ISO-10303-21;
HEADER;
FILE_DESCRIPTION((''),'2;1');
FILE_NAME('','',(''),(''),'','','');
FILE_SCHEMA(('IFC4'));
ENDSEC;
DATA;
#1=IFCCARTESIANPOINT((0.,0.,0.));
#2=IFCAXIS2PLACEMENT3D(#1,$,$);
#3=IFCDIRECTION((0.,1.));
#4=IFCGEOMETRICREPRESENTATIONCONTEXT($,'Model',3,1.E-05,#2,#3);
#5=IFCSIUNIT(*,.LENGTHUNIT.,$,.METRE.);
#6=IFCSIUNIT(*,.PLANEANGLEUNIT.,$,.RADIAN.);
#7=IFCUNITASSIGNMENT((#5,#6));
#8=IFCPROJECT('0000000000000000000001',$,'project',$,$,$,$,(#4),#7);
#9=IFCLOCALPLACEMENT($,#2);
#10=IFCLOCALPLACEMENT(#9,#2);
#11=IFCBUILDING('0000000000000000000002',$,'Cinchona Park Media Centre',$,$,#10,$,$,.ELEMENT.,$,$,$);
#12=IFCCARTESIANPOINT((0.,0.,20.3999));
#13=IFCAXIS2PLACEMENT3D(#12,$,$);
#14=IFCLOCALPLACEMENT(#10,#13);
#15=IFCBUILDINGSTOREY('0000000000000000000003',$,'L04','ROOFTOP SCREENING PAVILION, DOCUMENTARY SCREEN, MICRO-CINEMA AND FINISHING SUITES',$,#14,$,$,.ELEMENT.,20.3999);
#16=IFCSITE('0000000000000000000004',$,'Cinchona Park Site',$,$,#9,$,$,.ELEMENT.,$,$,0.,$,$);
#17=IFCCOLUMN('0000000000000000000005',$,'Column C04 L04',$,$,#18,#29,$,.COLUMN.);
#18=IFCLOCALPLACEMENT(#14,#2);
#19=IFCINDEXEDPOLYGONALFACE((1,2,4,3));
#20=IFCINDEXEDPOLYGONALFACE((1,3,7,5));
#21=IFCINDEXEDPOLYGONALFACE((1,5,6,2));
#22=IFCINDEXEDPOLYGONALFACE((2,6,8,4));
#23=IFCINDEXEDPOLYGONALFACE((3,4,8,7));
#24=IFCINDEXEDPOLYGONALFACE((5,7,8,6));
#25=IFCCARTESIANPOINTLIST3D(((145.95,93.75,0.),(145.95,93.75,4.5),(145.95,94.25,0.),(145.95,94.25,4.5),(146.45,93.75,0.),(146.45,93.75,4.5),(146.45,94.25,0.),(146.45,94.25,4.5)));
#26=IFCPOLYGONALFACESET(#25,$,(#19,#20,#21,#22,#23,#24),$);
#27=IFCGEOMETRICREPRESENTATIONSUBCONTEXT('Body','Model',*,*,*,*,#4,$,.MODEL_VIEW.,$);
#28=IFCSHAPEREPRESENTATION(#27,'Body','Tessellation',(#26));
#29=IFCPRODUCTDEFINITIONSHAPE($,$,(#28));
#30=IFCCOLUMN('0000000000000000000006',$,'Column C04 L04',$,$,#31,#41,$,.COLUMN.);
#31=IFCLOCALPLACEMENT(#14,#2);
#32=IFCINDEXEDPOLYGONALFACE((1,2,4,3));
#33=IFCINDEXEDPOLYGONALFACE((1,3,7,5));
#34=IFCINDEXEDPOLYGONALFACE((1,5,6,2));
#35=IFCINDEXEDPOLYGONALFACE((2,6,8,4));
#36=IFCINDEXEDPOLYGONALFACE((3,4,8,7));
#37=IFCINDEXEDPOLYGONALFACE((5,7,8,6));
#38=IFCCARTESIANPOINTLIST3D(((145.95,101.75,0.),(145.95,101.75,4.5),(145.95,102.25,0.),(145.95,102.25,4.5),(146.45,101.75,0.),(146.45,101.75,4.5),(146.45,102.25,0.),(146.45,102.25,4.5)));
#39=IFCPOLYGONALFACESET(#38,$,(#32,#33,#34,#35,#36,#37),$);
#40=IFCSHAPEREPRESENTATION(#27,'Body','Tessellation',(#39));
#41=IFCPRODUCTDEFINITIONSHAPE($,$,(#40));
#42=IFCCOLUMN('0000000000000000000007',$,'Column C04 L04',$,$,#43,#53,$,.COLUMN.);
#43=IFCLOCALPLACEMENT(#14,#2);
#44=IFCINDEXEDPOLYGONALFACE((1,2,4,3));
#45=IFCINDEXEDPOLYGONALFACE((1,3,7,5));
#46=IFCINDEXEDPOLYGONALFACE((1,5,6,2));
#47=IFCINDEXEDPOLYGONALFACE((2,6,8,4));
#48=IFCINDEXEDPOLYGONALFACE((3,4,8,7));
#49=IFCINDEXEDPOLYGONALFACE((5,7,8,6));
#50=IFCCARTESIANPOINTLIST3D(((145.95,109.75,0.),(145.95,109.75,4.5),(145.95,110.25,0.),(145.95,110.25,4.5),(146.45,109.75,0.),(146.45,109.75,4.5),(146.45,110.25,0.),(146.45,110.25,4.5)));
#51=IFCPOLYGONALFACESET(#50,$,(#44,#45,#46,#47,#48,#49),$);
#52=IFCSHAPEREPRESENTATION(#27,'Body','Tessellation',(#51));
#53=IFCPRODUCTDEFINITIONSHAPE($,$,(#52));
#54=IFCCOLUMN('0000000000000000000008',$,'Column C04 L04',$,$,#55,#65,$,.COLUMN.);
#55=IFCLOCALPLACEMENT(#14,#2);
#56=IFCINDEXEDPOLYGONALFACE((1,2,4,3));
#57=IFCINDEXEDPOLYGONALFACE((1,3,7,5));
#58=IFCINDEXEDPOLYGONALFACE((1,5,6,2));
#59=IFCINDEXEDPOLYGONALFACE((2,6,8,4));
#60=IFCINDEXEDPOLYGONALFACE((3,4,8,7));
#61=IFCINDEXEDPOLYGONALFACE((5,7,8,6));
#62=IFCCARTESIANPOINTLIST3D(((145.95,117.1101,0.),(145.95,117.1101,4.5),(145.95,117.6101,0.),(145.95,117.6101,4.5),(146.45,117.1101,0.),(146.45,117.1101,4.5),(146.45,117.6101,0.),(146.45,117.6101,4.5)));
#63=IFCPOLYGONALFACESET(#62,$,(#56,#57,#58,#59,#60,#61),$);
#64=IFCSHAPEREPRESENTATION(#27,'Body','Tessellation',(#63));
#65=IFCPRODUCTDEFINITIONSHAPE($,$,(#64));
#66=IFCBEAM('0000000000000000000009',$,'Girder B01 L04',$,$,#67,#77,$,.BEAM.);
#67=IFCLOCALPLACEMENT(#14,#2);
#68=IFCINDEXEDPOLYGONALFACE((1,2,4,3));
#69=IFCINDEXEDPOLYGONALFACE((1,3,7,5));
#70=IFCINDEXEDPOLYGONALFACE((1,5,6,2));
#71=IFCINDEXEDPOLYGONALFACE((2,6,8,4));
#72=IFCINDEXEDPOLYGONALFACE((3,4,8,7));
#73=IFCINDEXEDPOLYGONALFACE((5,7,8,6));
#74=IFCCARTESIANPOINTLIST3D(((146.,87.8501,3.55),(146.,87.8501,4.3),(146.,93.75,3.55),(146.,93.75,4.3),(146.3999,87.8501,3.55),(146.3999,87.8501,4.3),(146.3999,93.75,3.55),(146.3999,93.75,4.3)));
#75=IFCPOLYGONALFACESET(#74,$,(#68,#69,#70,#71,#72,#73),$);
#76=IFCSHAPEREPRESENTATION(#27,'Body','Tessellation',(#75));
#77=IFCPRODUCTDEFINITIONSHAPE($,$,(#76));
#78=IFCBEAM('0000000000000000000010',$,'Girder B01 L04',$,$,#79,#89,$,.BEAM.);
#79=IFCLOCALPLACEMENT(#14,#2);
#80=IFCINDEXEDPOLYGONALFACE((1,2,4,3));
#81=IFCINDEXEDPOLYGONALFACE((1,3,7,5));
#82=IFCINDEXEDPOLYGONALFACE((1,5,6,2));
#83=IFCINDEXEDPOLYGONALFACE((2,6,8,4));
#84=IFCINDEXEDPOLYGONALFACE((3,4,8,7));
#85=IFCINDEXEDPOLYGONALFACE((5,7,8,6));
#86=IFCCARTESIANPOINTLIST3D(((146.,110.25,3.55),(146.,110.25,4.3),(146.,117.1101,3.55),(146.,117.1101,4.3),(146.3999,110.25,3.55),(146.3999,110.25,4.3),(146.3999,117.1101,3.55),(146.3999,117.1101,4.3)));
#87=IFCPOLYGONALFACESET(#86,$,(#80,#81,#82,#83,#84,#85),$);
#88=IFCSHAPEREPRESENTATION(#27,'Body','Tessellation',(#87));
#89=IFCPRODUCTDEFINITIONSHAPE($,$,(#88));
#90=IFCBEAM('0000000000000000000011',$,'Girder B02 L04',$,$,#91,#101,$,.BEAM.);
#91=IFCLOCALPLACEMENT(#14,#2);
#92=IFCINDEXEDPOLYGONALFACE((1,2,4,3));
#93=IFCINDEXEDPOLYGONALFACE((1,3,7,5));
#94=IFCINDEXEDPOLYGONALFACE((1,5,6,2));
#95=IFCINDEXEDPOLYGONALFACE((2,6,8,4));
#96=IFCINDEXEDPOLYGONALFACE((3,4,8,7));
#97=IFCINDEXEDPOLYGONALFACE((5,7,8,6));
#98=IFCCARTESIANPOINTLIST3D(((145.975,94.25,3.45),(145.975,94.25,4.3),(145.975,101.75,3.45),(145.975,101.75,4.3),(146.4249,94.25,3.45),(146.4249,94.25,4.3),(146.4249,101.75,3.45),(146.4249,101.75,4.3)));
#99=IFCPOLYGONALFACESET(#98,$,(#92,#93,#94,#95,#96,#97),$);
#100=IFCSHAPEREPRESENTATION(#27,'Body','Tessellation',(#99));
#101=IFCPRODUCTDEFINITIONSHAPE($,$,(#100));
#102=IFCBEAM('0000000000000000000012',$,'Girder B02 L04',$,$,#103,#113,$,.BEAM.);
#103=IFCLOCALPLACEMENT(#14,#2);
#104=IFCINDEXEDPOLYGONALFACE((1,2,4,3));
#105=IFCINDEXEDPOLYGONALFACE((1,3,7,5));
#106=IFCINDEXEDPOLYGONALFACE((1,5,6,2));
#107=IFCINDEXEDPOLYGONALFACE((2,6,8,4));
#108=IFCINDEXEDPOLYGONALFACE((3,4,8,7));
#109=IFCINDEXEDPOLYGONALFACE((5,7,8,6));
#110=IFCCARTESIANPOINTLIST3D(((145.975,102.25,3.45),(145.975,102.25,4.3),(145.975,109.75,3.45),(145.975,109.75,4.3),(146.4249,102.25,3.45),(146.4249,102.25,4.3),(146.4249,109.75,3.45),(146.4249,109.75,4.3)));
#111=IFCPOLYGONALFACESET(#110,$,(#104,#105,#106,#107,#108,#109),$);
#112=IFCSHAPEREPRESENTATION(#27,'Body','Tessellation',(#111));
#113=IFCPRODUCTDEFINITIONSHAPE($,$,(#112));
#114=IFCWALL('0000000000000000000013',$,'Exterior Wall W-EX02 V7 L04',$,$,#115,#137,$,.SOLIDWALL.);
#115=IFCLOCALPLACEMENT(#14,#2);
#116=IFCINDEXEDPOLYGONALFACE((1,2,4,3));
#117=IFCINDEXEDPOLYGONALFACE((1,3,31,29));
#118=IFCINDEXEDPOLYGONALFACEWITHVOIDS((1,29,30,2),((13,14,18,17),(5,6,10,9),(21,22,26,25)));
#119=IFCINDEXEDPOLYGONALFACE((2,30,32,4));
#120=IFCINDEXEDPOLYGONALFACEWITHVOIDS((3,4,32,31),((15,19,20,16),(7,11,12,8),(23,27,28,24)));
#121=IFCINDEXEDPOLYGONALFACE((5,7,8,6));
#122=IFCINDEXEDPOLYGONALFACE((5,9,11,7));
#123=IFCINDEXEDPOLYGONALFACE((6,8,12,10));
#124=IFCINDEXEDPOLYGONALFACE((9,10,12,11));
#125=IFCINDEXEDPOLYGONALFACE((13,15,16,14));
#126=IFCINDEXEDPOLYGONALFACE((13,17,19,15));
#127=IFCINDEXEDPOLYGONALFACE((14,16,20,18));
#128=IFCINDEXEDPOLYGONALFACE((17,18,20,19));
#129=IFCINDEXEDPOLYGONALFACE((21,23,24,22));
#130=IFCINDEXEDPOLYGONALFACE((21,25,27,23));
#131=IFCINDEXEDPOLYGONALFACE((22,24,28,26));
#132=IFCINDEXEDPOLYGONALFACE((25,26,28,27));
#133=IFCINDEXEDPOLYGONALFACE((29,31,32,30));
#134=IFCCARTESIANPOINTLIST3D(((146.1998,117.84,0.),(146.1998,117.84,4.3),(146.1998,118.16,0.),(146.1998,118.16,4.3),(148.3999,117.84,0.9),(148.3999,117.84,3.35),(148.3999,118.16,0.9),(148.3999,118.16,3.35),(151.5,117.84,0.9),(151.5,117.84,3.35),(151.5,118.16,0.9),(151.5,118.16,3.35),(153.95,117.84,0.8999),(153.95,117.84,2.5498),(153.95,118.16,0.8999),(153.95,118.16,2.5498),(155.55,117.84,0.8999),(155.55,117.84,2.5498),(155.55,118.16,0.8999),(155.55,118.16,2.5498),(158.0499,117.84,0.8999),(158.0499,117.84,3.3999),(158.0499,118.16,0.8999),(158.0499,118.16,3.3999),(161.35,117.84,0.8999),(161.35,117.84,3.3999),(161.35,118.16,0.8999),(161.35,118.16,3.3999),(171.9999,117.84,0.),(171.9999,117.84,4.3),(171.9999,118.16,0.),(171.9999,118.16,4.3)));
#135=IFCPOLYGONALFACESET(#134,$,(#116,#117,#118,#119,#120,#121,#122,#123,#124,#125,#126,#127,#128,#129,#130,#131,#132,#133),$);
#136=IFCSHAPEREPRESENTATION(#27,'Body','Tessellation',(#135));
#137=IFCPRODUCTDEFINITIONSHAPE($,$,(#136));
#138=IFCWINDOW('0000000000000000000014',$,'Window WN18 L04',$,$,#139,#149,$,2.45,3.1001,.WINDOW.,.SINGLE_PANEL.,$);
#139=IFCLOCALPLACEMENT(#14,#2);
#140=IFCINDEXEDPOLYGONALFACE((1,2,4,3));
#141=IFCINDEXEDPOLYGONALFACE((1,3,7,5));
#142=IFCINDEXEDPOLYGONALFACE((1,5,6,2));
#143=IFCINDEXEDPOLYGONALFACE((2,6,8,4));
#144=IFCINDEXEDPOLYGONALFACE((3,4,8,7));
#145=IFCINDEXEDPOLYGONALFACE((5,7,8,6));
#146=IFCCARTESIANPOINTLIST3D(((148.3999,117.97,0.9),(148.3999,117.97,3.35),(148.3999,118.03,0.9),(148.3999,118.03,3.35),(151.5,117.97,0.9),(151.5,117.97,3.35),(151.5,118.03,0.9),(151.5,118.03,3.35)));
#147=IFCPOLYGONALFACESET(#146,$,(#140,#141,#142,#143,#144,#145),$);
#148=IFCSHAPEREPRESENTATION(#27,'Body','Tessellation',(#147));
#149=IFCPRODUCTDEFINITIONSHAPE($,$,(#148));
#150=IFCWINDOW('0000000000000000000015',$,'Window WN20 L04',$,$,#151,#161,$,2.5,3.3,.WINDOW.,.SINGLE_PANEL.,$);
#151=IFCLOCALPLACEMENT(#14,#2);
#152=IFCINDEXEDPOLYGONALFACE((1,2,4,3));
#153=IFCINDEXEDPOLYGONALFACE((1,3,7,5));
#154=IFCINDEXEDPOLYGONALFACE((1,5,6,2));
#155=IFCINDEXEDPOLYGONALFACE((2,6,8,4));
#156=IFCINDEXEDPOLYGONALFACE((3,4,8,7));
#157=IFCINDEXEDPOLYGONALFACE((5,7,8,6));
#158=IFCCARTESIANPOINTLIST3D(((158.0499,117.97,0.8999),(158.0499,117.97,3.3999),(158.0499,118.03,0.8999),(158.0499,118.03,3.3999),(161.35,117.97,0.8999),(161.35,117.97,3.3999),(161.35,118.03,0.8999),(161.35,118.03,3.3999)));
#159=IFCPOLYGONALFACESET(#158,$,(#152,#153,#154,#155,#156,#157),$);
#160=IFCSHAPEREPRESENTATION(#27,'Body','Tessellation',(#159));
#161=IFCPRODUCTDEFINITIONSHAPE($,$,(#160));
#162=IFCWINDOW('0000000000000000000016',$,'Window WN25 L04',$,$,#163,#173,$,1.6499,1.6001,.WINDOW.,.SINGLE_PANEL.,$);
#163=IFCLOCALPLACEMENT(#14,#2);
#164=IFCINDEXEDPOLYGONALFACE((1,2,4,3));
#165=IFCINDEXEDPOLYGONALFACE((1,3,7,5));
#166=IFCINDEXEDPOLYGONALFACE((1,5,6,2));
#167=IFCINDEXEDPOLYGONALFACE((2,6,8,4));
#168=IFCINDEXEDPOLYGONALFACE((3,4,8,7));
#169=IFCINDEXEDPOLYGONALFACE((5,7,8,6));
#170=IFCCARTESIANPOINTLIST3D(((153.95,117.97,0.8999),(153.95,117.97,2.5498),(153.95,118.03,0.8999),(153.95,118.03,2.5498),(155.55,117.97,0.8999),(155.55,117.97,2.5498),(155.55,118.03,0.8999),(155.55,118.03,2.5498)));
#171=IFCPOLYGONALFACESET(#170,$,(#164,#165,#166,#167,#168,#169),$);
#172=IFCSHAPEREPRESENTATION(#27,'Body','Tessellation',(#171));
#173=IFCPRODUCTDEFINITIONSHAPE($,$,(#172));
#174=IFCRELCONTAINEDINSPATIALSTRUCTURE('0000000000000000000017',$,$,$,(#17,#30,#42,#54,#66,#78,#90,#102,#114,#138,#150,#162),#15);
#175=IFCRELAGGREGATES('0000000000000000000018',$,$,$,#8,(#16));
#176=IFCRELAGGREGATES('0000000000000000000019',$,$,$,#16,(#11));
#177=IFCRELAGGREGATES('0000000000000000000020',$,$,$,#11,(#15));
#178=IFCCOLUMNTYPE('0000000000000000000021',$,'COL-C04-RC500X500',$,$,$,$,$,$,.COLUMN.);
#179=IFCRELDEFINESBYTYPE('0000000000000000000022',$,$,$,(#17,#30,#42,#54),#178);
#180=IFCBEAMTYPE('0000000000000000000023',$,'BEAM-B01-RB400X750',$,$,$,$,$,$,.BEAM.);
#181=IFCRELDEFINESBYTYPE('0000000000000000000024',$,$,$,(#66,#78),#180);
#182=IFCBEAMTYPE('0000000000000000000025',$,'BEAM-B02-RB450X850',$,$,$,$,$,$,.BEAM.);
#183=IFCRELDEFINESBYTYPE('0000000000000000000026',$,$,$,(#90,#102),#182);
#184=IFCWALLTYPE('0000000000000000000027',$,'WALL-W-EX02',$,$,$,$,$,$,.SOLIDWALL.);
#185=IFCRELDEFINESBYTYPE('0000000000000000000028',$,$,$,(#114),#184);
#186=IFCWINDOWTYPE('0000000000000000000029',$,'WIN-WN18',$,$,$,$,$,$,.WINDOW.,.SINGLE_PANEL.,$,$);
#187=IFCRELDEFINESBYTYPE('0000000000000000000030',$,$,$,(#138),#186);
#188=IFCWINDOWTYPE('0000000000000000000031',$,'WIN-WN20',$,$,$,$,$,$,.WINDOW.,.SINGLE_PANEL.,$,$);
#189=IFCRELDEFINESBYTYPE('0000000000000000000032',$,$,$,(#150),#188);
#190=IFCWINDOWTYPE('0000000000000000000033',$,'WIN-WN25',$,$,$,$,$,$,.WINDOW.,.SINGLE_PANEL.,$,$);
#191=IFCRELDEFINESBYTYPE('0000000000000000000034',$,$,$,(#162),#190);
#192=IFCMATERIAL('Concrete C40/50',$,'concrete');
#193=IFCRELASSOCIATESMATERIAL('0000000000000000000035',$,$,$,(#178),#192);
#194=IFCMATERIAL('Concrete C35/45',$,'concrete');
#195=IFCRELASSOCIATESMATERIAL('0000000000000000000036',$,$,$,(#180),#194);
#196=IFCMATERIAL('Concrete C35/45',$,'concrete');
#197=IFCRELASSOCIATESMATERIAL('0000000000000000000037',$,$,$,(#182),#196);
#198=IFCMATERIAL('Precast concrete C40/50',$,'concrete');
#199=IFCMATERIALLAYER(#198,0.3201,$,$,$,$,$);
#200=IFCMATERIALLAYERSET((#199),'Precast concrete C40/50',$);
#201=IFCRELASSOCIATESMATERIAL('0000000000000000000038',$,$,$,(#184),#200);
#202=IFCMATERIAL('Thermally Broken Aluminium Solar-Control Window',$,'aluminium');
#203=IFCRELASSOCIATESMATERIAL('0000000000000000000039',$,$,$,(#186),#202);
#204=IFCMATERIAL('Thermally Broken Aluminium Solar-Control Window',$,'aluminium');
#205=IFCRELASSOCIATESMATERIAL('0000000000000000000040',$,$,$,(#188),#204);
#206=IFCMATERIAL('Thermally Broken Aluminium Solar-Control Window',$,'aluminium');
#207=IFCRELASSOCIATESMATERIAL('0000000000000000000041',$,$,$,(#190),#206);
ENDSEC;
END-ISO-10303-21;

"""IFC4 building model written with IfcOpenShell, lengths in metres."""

from ifc_helpers import new_model, si_unit, direction, frame, frame_2d, origin, origin_2d, place, context, subcontext, project, spatial, rectangle, extrude, material, layer, layer_set, material_profile, profile_set, type_object, element, fill, save


model = new_model("IFC4")

# Units and contexts
model_context = context("Model", 3, precision=1e-05, world=origin(), true_north=direction((0.0, 1.0)))
body_context = subcontext(model_context, "Body", "Model", "MODEL_VIEW")
ifc_project = project(units=[si_unit("LENGTHUNIT", "METRE"), si_unit("PLANEANGLEUNIT", "RADIAN")], contexts=[model_context])

# Site, building, storey
site_placement = place(None, origin())
site = spatial("IfcSite", under=ifc_project, at=site_placement, Name="Cinchona Park Site", CompositionType="ELEMENT", RefElevation=0.0)
building_placement = place(site_placement, origin())
building = spatial("IfcBuilding", under=site, at=building_placement, Name="Cinchona Park Media Centre", CompositionType="ELEMENT")
storey_placement = place(building_placement, frame((0.0, 0.0, 20.3999)))
storey = spatial("IfcBuildingStorey", under=building, at=storey_placement, Name="L04", Description="ROOFTOP SCREENING PAVILION, DOCUMENTARY SCREEN, MICRO-CINEMA AND FINISHING SUITES", CompositionType="ELEMENT", Elevation=20.3999)

# Columns
ifc_material_1 = material(Name="Concrete C40/50", Category="concrete")
ifc_material_profile_1 = material_profile(ifc_material_1, rectangle(XDim=0.5, YDim=0.5, at=origin_2d()), Name="RC 500X500")
ifc_profile_set_1 = profile_set([ifc_material_profile_1], Name="Concrete C40/50")
column_type = type_object("IfcColumnType", Name="COL-C04-RC500X500", PredefinedType="COLUMN", material=ifc_profile_set_1)
for number, where, z_axis, x_axis, name in (
    (1, (146.2, 94.0, 0.0), (0.0, 0.0, 1.0), (1.0, 0.0, 0.0), "Column C04 L04"),
    (2, (146.2, 102.0, 0.0), (0.0, 0.0, 1.0), (1.0, 0.0, 0.0), "Column C04 L04"),
    (3, (146.2, 110.0, 0.0), (0.0, 0.0, 1.0), (1.0, 0.0, 0.0), "Column C04 L04"),
    (4, (146.2, 117.3601, 0.0), (0.0, 0.0, 1.0), (1.0, 0.0, 0.0), "Column C04 L04"),
):
    element("IfcColumn", number, at=place(storey_placement, frame(where, z_axis=z_axis, x_axis=x_axis)), inside=storey, type_object=column_type, Name=name, PredefinedType="COLUMN", context=body_context, shape_type="SweptSolid", body=[
        extrude(rectangle(XDim=0.5, YDim=0.5, at=origin_2d()), origin(), (0.0, 0.0, 1.0), 4.5),
    ])

# Beams
ifc_material_2 = material(Name="Concrete C35/45", Category="concrete")
ifc_material_profile_2 = material_profile(ifc_material_2, rectangle(XDim=0.3999, YDim=0.75, at=origin_2d()), Name="RB 400X750")
ifc_profile_set_2 = profile_set([ifc_material_profile_2], Name="Concrete C35/45")
beam_type_1 = type_object("IfcBeamType", Name="BEAM-B01-RB400X750", PredefinedType="BEAM", material=ifc_profile_set_2)
beam_1_placement = place(storey_placement, frame((146.2, 87.8501, 3.925), z_axis=(0.0, 1.0, 0.0), x_axis=(-1.0, 0.0, 0.0)))
element("IfcBeam", 5, at=beam_1_placement, inside=storey, type_object=beam_type_1, Name="Girder B01 L04", PredefinedType="BEAM", context=body_context, shape_type="SweptSolid", body=[
    extrude(rectangle(XDim=0.3999, YDim=0.75, at=origin_2d()), origin(), (0.0, 0.0, 1.0), 5.8999),
])
beam_2_placement = place(storey_placement, frame((146.2, 110.25, 3.925), z_axis=(0.0, 1.0, 0.0), x_axis=(-1.0, 0.0, 0.0)))
element("IfcBeam", 6, at=beam_2_placement, inside=storey, type_object=beam_type_1, Name="Girder B01 L04", PredefinedType="BEAM", context=body_context, shape_type="SweptSolid", body=[
    extrude(rectangle(XDim=0.3999, YDim=0.75, at=origin_2d()), origin(), (0.0, 0.0, 1.0), 6.8601),
])
ifc_material_3 = material(Name="Concrete C35/45", Category="concrete")
ifc_material_profile_3 = material_profile(ifc_material_3, rectangle(XDim=0.45, YDim=0.8501, at=origin_2d()), Name="RB 450X850")
ifc_profile_set_3 = profile_set([ifc_material_profile_3], Name="Concrete C35/45")
beam_type_2 = type_object("IfcBeamType", Name="BEAM-B02-RB450X850", PredefinedType="BEAM", material=ifc_profile_set_3)
for number, where, z_axis, x_axis, name in (
    (7, (146.2, 94.25, 3.875), (0.0, 1.0, 0.0), (-1.0, 0.0, 0.0), "Girder B02 L04"),
    (8, (146.2, 102.25, 3.875), (0.0, 1.0, 0.0), (-1.0, 0.0, 0.0), "Girder B02 L04"),
):
    element("IfcBeam", number, at=place(storey_placement, frame(where, z_axis=z_axis, x_axis=x_axis)), inside=storey, type_object=beam_type_2, Name=name, PredefinedType="BEAM", context=body_context, shape_type="SweptSolid", body=[
        extrude(rectangle(XDim=0.45, YDim=0.8501, at=origin_2d()), origin(), (0.0, 0.0, 1.0), 7.5),
    ])

# Wall, openings, windows
ifc_material_4 = material(Name="Precast concrete C40/50", Category="concrete")
ifc_layer_1 = layer(ifc_material_4, 0.3201)
ifc_layer_set_1 = layer_set([ifc_layer_1], Name="Precast concrete C40/50")
wall_type_1 = type_object("IfcWallType", Name="WALL-W-EX02", PredefinedType="SOLIDWALL", material=ifc_layer_set_1)
wall_1_placement = place(storey_placement, frame((146.2, 118.0, 0.0), z_axis=(0.0, 0.0, 1.0), x_axis=(1.0, 0.0, 0.0)))
wall_1 = element("IfcWall", 9, at=wall_1_placement, inside=storey, type_object=wall_type_1, Name="Exterior Wall W-EX02 V7 L04", PredefinedType="SOLIDWALL", context=body_context, shape_type="SweptSolid", body=[
    extrude(rectangle(XDim=25.8, YDim=0.3201, at=frame_2d((12.8999, 0.0))), origin(), (0.0, 0.0, 1.0), 4.3),
])
opening_1_placement = place(wall_1_placement, frame((2.2, 0.0, 0.8999)))
opening_1 = element("IfcOpeningElement", 10, at=opening_1_placement, cuts=wall_1, PredefinedType="OPENING", context=body_context, shape_type="SweptSolid", body=[
    extrude(rectangle(XDim=3.1001, YDim=2.45, at=frame_2d((1.55, 1.2251))), frame((0.0, 0.1699, 0.0), z_axis=(0.0, -1.0, 0.0), x_axis=(1.0, 0.0, 0.0)), (0.0, 0.0, 1.0), 0.3401),
])
opening_2_placement = place(wall_1_placement, frame((7.75, 0.0, 0.8999)))
opening_2 = element("IfcOpeningElement", 11, at=opening_2_placement, cuts=wall_1, PredefinedType="OPENING", context=body_context, shape_type="SweptSolid", body=[
    extrude(rectangle(XDim=1.6001, YDim=1.6499, at=frame_2d((0.8, 0.825))), frame((0.0, 0.1699, 0.0), z_axis=(0.0, -1.0, 0.0), x_axis=(1.0, 0.0, 0.0)), (0.0, 0.0, 1.0), 0.3401),
])
opening_3_placement = place(wall_1_placement, frame((11.8501, 0.0, 0.8999)))
opening_3 = element("IfcOpeningElement", 12, at=opening_3_placement, cuts=wall_1, PredefinedType="OPENING", context=body_context, shape_type="SweptSolid", body=[
    extrude(rectangle(XDim=3.3, YDim=2.5, at=frame_2d((1.6499, 1.25))), frame((0.0, 0.1699, 0.0), z_axis=(0.0, -1.0, 0.0), x_axis=(1.0, 0.0, 0.0)), (0.0, 0.0, 1.0), 0.3401),
])
ifc_material_5 = material(Name="Thermally Broken Aluminium Solar-Control Window", Category="aluminium")
window_type_1 = type_object("IfcWindowType", Name="WIN-WN18", PartitioningType="SINGLE_PANEL", PredefinedType="WINDOW", material=ifc_material_5)
window_1_placement = place(opening_1_placement, origin())
window_1 = element("IfcWindow", 13, at=window_1_placement, inside=storey, type_object=window_type_1, Name="Window WN18 L04", OverallHeight=2.45, OverallWidth=3.1001, PartitioningType="SINGLE_PANEL", PredefinedType="WINDOW", context=body_context, shape_type="SweptSolid", body=[
    extrude(rectangle(XDim=3.1001, YDim=2.45, at=frame_2d((1.55, 1.2251))), frame((0.0, 0.03, 0.0), z_axis=(0.0, -1.0, 0.0), x_axis=(1.0, 0.0, 0.0)), (0.0, 0.0, 1.0), 0.0601),
])
fill(opening_1, window_1)
ifc_material_6 = material(Name="Thermally Broken Aluminium Solar-Control Window", Category="aluminium")
window_type_2 = type_object("IfcWindowType", Name="WIN-WN20", PartitioningType="SINGLE_PANEL", PredefinedType="WINDOW", material=ifc_material_6)
window_2_placement = place(opening_3_placement, origin())
window_2 = element("IfcWindow", 14, at=window_2_placement, inside=storey, type_object=window_type_2, Name="Window WN20 L04", OverallHeight=2.5, OverallWidth=3.3, PartitioningType="SINGLE_PANEL", PredefinedType="WINDOW", context=body_context, shape_type="SweptSolid", body=[
    extrude(rectangle(XDim=3.3, YDim=2.5, at=frame_2d((1.6499, 1.25))), frame((0.0, 0.03, 0.0), z_axis=(0.0, -1.0, 0.0), x_axis=(1.0, 0.0, 0.0)), (0.0, 0.0, 1.0), 0.0601),
])
fill(opening_3, window_2)
ifc_material_7 = material(Name="Thermally Broken Aluminium Solar-Control Window", Category="aluminium")
window_type_3 = type_object("IfcWindowType", Name="WIN-WN25", PartitioningType="SINGLE_PANEL", PredefinedType="WINDOW", material=ifc_material_7)
window_3_placement = place(opening_2_placement, origin())
window_3 = element("IfcWindow", 15, at=window_3_placement, inside=storey, type_object=window_type_3, Name="Window WN25 L04", OverallHeight=1.6499, OverallWidth=1.6001, PartitioningType="SINGLE_PANEL", PredefinedType="WINDOW", context=body_context, shape_type="SweptSolid", body=[
    extrude(rectangle(XDim=1.6001, YDim=1.6499, at=frame_2d((0.8, 0.825))), frame((0.0, 0.03, 0.0), z_axis=(0.0, -1.0, 0.0), x_axis=(1.0, 0.0, 0.0)), (0.0, 0.0, 1.0), 0.0601),
])
fill(opening_2, window_3)

save(model, "model.ifc")
